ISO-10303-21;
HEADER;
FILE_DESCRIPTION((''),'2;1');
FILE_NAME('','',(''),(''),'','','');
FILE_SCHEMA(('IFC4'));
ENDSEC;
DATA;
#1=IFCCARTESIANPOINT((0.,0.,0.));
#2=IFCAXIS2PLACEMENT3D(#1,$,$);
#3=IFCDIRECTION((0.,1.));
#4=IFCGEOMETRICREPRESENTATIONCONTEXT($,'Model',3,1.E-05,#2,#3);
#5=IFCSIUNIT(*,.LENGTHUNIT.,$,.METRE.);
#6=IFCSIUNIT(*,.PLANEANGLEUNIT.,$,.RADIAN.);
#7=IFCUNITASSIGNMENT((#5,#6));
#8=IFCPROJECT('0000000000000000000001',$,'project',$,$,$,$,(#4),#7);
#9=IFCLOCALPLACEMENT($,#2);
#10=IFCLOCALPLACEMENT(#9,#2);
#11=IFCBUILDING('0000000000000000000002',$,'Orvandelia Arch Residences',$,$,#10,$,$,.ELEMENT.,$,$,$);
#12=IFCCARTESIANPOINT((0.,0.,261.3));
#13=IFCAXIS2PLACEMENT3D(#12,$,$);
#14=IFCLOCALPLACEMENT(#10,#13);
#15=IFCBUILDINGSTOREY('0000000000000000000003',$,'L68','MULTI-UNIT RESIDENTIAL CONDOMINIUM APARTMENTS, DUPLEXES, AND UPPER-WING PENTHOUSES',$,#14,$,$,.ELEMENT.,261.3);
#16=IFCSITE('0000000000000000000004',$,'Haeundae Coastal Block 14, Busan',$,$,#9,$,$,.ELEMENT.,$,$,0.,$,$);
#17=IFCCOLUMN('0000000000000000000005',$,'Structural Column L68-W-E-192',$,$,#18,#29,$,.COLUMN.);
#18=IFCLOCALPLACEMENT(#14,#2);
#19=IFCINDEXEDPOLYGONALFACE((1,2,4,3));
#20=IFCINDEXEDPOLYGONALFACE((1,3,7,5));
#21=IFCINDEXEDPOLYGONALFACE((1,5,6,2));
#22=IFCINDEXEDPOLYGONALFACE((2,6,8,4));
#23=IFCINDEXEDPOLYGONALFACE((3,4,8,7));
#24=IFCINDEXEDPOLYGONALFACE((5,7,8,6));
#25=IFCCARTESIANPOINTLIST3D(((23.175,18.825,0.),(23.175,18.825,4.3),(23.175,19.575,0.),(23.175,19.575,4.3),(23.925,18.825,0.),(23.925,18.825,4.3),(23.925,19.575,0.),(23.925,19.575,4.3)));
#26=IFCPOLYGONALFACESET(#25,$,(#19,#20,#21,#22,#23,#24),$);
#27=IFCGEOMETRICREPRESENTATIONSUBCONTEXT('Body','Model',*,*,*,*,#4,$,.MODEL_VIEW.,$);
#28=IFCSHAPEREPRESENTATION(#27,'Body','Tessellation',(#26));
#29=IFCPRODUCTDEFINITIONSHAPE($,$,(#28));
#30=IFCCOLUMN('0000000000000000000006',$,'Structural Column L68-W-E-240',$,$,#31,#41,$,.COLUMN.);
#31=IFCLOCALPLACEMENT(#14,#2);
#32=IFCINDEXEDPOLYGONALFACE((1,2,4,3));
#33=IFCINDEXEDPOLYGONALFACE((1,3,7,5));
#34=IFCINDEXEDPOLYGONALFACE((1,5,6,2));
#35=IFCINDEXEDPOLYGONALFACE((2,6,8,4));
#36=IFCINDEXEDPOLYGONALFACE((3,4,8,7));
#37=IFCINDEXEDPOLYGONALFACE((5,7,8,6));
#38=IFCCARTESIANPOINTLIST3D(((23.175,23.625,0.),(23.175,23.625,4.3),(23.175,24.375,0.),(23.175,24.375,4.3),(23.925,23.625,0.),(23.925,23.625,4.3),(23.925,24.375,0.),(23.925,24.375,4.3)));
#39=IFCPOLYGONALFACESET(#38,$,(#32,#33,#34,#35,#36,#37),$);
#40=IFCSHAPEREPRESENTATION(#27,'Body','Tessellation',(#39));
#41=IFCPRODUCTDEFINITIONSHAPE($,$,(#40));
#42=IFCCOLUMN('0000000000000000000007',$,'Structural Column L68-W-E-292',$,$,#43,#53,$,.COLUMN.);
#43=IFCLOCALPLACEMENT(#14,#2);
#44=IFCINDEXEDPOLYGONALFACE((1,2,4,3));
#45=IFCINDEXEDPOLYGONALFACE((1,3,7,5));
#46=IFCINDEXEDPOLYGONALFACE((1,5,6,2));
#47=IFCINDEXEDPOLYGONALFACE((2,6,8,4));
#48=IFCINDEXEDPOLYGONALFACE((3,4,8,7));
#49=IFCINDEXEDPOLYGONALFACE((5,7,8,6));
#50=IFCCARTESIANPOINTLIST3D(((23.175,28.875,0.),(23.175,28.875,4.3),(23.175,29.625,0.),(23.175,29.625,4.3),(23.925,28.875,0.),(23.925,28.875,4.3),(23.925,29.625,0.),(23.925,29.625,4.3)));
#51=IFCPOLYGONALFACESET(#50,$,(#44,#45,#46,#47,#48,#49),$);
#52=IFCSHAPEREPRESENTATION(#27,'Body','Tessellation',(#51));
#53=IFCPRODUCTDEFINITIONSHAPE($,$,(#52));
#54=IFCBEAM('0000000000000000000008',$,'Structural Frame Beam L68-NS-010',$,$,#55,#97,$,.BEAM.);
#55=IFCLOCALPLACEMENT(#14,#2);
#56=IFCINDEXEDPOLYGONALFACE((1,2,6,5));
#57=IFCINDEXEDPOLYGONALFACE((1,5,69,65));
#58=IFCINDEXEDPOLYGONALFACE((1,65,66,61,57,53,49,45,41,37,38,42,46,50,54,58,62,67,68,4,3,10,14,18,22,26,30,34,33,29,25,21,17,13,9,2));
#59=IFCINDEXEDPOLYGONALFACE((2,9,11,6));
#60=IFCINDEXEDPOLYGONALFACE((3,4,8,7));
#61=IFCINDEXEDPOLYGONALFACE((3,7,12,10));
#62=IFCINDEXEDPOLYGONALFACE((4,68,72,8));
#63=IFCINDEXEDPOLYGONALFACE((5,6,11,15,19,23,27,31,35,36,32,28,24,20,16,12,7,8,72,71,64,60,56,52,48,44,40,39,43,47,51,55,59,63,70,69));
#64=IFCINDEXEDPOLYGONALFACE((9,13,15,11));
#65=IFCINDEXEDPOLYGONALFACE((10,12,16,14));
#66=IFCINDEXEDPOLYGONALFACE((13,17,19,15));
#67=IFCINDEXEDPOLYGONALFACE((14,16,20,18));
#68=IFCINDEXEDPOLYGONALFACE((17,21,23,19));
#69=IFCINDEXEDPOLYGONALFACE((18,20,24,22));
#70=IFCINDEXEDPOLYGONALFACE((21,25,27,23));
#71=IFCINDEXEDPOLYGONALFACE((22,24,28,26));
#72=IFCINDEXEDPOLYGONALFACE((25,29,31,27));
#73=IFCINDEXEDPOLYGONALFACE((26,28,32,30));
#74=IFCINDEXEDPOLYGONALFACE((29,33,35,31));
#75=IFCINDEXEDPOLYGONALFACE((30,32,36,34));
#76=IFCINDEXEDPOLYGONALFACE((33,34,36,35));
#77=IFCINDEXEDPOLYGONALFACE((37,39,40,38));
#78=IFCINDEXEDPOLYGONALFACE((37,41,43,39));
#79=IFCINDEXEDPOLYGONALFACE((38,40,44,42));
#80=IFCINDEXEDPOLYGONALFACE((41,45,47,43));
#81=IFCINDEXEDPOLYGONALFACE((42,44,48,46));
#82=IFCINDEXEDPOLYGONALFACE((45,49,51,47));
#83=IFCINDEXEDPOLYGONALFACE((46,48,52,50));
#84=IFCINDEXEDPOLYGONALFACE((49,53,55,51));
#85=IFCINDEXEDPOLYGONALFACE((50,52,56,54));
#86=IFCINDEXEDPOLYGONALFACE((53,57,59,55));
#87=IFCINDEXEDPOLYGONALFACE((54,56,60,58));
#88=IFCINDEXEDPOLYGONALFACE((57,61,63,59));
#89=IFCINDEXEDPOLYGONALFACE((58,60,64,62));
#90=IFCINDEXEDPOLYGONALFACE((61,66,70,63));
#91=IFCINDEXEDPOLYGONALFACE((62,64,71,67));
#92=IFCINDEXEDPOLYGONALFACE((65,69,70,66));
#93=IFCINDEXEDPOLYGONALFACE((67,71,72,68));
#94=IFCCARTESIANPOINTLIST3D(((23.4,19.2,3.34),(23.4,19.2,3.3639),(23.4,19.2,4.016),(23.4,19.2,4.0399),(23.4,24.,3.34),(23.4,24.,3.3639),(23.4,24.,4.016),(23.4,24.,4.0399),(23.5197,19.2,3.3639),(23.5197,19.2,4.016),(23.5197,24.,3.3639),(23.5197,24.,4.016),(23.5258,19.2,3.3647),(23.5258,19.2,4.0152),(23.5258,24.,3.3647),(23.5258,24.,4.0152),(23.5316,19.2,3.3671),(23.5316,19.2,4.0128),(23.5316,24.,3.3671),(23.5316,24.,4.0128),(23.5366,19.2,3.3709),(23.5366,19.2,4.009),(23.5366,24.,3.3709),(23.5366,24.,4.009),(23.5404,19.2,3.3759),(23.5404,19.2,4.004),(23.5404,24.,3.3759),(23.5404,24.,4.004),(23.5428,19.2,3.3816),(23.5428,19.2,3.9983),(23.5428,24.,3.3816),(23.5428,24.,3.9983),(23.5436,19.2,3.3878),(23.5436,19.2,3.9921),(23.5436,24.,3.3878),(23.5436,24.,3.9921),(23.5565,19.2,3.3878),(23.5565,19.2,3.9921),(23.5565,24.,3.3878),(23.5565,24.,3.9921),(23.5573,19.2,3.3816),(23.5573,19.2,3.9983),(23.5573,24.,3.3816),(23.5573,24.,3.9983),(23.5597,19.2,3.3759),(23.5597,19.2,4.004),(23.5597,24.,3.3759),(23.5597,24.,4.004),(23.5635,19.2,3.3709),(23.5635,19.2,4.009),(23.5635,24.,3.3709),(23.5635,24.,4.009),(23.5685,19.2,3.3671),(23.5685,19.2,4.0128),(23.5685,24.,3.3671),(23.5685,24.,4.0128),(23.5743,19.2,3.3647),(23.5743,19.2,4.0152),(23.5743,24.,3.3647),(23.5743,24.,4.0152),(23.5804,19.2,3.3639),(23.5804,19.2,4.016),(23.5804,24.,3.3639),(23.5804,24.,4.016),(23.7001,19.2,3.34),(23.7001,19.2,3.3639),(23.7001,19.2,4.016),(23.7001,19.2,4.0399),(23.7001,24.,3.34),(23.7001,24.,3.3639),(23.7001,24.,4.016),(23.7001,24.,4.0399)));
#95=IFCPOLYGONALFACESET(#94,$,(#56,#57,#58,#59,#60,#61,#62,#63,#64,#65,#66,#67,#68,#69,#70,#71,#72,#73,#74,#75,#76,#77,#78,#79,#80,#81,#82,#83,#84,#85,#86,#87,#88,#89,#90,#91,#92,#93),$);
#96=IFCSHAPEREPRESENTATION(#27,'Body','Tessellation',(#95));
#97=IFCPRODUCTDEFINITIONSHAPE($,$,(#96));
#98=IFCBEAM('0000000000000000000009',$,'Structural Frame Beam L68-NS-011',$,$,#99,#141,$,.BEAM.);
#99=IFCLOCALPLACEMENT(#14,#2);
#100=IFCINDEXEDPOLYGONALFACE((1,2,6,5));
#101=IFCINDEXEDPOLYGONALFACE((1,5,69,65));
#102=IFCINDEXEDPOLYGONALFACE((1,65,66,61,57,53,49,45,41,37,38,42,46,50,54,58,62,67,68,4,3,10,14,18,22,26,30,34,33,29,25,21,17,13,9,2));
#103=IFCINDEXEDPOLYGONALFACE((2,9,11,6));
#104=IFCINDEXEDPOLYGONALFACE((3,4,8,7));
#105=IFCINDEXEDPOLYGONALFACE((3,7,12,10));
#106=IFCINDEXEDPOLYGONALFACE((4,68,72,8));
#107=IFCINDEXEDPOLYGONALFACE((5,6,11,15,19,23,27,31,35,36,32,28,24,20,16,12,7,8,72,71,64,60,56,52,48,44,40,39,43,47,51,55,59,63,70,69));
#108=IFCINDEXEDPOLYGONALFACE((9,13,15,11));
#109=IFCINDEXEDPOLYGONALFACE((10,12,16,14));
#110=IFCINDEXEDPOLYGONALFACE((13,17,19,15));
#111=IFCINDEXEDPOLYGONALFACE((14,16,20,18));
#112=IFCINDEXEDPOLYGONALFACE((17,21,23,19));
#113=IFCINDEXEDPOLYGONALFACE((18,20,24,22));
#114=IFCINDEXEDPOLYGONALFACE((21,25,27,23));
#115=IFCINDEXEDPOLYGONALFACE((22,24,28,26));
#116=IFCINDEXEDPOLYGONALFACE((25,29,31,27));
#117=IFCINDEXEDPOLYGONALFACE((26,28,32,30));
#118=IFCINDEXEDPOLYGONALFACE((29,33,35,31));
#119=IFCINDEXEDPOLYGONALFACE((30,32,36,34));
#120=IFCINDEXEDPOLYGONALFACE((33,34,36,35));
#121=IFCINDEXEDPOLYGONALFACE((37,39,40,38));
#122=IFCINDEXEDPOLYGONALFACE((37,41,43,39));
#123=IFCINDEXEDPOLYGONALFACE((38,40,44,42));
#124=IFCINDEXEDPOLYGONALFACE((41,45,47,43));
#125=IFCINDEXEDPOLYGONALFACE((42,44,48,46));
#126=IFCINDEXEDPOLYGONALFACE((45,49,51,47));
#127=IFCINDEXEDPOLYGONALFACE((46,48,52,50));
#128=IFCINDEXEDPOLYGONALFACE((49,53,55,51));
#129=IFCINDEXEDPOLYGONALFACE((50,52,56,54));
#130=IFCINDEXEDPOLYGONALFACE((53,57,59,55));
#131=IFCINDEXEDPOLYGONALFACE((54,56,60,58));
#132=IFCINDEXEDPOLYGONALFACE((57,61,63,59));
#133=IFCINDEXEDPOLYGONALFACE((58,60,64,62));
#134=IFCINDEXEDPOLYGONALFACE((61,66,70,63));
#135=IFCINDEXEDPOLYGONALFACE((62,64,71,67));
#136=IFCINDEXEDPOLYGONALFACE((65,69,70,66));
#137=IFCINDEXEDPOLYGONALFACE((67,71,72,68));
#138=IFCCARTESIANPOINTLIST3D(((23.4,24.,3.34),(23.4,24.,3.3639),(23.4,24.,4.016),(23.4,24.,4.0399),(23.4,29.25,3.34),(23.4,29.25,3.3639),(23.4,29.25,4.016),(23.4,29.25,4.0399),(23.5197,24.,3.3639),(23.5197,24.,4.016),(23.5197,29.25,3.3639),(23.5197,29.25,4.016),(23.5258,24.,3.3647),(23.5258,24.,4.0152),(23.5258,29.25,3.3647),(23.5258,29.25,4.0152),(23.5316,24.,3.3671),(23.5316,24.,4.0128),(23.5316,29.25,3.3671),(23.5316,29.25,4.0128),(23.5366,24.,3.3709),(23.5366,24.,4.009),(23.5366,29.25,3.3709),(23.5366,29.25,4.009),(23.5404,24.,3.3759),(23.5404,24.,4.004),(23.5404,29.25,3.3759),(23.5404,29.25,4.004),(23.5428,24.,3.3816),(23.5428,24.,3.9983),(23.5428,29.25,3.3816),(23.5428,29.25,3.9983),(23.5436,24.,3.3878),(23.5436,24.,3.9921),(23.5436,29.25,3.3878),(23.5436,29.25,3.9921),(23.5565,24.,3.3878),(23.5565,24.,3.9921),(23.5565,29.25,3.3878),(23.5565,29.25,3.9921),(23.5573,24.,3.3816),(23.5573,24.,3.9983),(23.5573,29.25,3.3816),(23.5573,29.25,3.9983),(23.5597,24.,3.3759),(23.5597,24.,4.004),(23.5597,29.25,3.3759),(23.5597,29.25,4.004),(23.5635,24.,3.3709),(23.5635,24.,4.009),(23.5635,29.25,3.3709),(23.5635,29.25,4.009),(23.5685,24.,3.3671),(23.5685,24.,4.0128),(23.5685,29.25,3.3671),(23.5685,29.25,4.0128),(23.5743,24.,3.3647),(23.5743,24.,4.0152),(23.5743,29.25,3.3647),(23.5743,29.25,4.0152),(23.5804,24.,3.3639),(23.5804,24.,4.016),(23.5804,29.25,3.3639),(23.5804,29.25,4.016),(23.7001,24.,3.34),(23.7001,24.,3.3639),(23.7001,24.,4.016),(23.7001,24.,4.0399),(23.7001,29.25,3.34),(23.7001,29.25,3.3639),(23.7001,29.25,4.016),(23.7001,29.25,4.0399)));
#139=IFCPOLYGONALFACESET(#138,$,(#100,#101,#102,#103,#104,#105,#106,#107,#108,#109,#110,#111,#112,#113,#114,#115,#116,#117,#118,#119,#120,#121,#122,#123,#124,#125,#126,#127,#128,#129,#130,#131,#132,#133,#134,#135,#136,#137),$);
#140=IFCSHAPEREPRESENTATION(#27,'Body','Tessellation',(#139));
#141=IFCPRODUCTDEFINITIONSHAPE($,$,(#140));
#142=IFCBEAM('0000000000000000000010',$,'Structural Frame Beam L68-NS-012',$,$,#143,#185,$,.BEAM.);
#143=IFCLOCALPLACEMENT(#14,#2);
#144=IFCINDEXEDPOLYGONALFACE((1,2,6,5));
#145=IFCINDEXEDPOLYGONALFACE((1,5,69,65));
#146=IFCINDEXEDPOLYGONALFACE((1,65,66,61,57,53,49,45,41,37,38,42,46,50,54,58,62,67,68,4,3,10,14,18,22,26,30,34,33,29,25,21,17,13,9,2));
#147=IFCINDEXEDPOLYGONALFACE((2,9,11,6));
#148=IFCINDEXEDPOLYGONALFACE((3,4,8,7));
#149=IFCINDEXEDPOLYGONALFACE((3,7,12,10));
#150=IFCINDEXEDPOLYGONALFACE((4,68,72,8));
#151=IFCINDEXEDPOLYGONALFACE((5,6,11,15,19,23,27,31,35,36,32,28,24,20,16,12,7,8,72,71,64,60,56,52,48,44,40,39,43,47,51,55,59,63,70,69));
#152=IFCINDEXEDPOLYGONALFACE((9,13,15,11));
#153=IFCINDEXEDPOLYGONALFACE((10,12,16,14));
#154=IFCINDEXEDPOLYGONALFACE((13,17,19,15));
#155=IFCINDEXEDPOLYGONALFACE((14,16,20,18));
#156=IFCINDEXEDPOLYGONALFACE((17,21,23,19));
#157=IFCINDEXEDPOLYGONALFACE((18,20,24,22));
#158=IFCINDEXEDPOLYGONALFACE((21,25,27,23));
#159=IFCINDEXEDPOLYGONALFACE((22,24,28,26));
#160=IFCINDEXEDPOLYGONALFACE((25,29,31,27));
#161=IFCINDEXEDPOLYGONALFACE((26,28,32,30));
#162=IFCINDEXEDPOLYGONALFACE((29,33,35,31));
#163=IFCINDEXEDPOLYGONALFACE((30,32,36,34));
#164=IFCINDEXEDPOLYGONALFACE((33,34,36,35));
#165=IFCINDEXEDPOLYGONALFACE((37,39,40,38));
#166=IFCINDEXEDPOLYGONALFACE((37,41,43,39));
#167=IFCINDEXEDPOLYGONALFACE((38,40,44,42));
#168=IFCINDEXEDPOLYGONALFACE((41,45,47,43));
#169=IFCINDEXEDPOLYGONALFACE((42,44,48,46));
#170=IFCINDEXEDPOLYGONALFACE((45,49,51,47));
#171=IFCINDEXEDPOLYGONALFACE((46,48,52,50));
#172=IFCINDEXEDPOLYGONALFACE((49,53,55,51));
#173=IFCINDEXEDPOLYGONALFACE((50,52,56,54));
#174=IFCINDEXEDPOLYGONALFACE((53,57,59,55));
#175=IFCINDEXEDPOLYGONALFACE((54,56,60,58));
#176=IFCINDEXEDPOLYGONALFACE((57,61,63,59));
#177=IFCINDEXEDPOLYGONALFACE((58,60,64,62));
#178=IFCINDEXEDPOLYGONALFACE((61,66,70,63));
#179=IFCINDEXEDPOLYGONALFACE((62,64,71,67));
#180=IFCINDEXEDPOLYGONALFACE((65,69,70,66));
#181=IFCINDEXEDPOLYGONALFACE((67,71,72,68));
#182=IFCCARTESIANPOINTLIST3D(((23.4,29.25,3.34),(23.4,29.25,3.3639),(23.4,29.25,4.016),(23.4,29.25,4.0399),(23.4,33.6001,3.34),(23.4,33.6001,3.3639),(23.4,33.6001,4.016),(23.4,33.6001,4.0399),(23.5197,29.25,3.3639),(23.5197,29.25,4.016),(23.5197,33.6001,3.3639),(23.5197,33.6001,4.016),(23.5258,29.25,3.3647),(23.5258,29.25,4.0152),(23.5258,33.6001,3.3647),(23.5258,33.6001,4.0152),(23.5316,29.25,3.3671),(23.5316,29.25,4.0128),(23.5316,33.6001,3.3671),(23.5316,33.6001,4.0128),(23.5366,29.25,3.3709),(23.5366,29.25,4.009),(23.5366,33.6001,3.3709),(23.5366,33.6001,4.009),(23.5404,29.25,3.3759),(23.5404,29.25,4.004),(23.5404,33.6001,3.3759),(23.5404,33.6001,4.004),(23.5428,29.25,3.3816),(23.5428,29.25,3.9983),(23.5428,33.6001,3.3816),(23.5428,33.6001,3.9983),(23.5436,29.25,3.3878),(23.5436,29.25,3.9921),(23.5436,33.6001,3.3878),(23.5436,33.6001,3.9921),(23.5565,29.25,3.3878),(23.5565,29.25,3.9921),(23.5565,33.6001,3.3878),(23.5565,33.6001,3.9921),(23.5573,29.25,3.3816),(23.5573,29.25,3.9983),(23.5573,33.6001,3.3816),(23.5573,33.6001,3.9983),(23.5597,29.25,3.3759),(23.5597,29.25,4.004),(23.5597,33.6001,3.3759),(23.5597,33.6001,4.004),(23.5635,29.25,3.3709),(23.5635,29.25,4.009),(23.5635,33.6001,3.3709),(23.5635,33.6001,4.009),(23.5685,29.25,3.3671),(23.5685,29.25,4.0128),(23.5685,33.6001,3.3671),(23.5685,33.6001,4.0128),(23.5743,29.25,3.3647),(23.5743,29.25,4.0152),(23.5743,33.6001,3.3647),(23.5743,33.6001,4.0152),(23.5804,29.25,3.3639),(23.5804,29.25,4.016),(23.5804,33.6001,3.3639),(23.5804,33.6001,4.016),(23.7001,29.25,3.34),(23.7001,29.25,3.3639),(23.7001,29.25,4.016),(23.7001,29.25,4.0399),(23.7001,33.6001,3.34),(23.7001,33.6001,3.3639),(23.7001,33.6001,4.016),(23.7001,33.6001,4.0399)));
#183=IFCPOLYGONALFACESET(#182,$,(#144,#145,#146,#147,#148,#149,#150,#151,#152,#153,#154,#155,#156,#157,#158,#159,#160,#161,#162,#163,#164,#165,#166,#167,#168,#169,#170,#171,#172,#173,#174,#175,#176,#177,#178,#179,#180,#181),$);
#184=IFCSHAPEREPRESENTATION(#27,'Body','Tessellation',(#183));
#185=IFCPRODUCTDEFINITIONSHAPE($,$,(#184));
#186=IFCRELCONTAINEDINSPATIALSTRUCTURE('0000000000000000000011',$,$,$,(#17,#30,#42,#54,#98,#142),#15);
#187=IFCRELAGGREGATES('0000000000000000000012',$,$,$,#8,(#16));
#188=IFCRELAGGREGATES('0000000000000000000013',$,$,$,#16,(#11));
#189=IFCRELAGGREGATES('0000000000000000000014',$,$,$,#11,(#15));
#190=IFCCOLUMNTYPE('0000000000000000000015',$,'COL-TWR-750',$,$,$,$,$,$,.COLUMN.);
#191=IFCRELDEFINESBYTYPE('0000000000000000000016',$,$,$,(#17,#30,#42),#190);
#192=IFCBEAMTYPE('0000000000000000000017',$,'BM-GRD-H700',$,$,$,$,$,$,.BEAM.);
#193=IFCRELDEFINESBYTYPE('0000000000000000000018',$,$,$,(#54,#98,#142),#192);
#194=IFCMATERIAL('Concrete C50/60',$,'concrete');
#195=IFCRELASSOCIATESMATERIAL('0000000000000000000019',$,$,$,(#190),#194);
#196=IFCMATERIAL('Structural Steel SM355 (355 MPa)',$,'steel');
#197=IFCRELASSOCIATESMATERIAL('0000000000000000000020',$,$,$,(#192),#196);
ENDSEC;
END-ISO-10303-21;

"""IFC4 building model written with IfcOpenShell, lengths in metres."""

from ifc_helpers import new_model, si_unit, direction, frame, origin, origin_2d, place, context, subcontext, project, spatial, rectangle, i_section, extrude, material, material_profile, profile_set, type_object, element, save


model = new_model("IFC4")

# Units and contexts
model_context = context("Model", 3, precision=1e-05, world=origin(), true_north=direction((0.0, 1.0)))
body_context = subcontext(model_context, "Body", "Model", "MODEL_VIEW")
ifc_project = project(units=[si_unit("LENGTHUNIT", "METRE"), si_unit("PLANEANGLEUNIT", "RADIAN")], contexts=[model_context])

# Site, building, storey
site_placement = place(None, origin())
site = spatial("IfcSite", under=ifc_project, at=site_placement, Name="Haeundae Coastal Block 14, Busan", CompositionType="ELEMENT", RefElevation=0.0)
building_placement = place(site_placement, origin())
building = spatial("IfcBuilding", under=site, at=building_placement, Name="Orvandelia Arch Residences", CompositionType="ELEMENT")
storey_placement = place(building_placement, frame((0.0, 0.0, 261.3)))
storey = spatial("IfcBuildingStorey", under=building, at=storey_placement, Name="L68", Description="MULTI-UNIT RESIDENTIAL CONDOMINIUM APARTMENTS, DUPLEXES, AND UPPER-WING PENTHOUSES", CompositionType="ELEMENT", Elevation=261.3)

# Columns
ifc_material_1 = material(Name="Concrete C50/60", Category="concrete")
ifc_material_profile_1 = material_profile(ifc_material_1, rectangle(XDim=0.75, YDim=0.75, at=origin_2d()), Name="Concrete C50/60", Category="concrete")
ifc_profile_set_1 = profile_set([ifc_material_profile_1], Name="Concrete C50/60")
column_type = type_object("IfcColumnType", Name="COL-TWR-750", PredefinedType="COLUMN", material=ifc_profile_set_1)
for number, where, z_axis, x_axis, name in (
    (1, (23.55, 19.2, 0.0), (0.0, 0.0, 1.0), (1.0, 0.0, 0.0), "Structural Column L68-W-E-192"),
    (2, (23.55, 24.0, 0.0), (0.0, 0.0, 1.0), (1.0, 0.0, 0.0), "Structural Column L68-W-E-240"),
    (3, (23.55, 29.25, 0.0), (0.0, 0.0, 1.0), (1.0, 0.0, 0.0), "Structural Column L68-W-E-292"),
):
    element("IfcColumn", number, at=place(storey_placement, frame(where, z_axis=z_axis, x_axis=x_axis)), inside=storey, type_object=column_type, Name=name, PredefinedType="COLUMN", context=body_context, shape_type="SweptSolid", body=[
        extrude(rectangle(XDim=0.75, YDim=0.75, at=origin_2d()), origin(), (0.0, 0.0, 1.0), 4.3),
    ])

# Beams
ifc_material_2 = material(Name="Structural Steel SM355 (355 MPa)", Category="steel")
ifc_material_profile_2 = material_profile(ifc_material_2, i_section(OverallWidth=0.3, OverallDepth=0.7, WebThickness=0.0129, FlangeThickness=0.0239, FilletRadius=0.0239, at=origin_2d()), Name="Structural Steel SM355 (355 MPa)", Category="steel")
ifc_profile_set_2 = profile_set([ifc_material_profile_2], Name="Structural Steel SM355 (355 MPa)")
beam_type = type_object("IfcBeamType", Name="BM-GRD-H700", PredefinedType="BEAM", material=ifc_profile_set_2)
beam_1_placement = place(storey_placement, frame((23.55, 19.2, 3.6899), z_axis=(0.0, 1.0, 0.0), x_axis=(-1.0, 0.0, 0.0)))
element("IfcBeam", 4, at=beam_1_placement, inside=storey, type_object=beam_type, Name="Structural Frame Beam L68-NS-010", PredefinedType="BEAM", context=body_context, shape_type="SweptSolid", body=[
    extrude(i_section(OverallWidth=0.3, OverallDepth=0.7, WebThickness=0.0129, FlangeThickness=0.0239, FilletRadius=0.0239, at=origin_2d()), origin(), (0.0, 0.0, 1.0), 4.8),
])
beam_2_placement = place(storey_placement, frame((23.55, 24.0, 3.6899), z_axis=(0.0, 1.0, 0.0), x_axis=(-1.0, 0.0, 0.0)))
element("IfcBeam", 5, at=beam_2_placement, inside=storey, type_object=beam_type, Name="Structural Frame Beam L68-NS-011", PredefinedType="BEAM", context=body_context, shape_type="SweptSolid", body=[
    extrude(i_section(OverallWidth=0.3, OverallDepth=0.7, WebThickness=0.0129, FlangeThickness=0.0239, FilletRadius=0.0239, at=origin_2d()), origin(), (0.0, 0.0, 1.0), 5.25),
])
beam_3_placement = place(storey_placement, frame((23.55, 29.25, 3.6899), z_axis=(0.0, 1.0, 0.0), x_axis=(-1.0, 0.0, 0.0)))
element("IfcBeam", 6, at=beam_3_placement, inside=storey, type_object=beam_type, Name="Structural Frame Beam L68-NS-012", PredefinedType="BEAM", context=body_context, shape_type="SweptSolid", body=[
    extrude(i_section(OverallWidth=0.3, OverallDepth=0.7, WebThickness=0.0129, FlangeThickness=0.0239, FilletRadius=0.0239, at=origin_2d()), origin(), (0.0, 0.0, 1.0), 4.3501),
])

save(model, "model.ifc")
